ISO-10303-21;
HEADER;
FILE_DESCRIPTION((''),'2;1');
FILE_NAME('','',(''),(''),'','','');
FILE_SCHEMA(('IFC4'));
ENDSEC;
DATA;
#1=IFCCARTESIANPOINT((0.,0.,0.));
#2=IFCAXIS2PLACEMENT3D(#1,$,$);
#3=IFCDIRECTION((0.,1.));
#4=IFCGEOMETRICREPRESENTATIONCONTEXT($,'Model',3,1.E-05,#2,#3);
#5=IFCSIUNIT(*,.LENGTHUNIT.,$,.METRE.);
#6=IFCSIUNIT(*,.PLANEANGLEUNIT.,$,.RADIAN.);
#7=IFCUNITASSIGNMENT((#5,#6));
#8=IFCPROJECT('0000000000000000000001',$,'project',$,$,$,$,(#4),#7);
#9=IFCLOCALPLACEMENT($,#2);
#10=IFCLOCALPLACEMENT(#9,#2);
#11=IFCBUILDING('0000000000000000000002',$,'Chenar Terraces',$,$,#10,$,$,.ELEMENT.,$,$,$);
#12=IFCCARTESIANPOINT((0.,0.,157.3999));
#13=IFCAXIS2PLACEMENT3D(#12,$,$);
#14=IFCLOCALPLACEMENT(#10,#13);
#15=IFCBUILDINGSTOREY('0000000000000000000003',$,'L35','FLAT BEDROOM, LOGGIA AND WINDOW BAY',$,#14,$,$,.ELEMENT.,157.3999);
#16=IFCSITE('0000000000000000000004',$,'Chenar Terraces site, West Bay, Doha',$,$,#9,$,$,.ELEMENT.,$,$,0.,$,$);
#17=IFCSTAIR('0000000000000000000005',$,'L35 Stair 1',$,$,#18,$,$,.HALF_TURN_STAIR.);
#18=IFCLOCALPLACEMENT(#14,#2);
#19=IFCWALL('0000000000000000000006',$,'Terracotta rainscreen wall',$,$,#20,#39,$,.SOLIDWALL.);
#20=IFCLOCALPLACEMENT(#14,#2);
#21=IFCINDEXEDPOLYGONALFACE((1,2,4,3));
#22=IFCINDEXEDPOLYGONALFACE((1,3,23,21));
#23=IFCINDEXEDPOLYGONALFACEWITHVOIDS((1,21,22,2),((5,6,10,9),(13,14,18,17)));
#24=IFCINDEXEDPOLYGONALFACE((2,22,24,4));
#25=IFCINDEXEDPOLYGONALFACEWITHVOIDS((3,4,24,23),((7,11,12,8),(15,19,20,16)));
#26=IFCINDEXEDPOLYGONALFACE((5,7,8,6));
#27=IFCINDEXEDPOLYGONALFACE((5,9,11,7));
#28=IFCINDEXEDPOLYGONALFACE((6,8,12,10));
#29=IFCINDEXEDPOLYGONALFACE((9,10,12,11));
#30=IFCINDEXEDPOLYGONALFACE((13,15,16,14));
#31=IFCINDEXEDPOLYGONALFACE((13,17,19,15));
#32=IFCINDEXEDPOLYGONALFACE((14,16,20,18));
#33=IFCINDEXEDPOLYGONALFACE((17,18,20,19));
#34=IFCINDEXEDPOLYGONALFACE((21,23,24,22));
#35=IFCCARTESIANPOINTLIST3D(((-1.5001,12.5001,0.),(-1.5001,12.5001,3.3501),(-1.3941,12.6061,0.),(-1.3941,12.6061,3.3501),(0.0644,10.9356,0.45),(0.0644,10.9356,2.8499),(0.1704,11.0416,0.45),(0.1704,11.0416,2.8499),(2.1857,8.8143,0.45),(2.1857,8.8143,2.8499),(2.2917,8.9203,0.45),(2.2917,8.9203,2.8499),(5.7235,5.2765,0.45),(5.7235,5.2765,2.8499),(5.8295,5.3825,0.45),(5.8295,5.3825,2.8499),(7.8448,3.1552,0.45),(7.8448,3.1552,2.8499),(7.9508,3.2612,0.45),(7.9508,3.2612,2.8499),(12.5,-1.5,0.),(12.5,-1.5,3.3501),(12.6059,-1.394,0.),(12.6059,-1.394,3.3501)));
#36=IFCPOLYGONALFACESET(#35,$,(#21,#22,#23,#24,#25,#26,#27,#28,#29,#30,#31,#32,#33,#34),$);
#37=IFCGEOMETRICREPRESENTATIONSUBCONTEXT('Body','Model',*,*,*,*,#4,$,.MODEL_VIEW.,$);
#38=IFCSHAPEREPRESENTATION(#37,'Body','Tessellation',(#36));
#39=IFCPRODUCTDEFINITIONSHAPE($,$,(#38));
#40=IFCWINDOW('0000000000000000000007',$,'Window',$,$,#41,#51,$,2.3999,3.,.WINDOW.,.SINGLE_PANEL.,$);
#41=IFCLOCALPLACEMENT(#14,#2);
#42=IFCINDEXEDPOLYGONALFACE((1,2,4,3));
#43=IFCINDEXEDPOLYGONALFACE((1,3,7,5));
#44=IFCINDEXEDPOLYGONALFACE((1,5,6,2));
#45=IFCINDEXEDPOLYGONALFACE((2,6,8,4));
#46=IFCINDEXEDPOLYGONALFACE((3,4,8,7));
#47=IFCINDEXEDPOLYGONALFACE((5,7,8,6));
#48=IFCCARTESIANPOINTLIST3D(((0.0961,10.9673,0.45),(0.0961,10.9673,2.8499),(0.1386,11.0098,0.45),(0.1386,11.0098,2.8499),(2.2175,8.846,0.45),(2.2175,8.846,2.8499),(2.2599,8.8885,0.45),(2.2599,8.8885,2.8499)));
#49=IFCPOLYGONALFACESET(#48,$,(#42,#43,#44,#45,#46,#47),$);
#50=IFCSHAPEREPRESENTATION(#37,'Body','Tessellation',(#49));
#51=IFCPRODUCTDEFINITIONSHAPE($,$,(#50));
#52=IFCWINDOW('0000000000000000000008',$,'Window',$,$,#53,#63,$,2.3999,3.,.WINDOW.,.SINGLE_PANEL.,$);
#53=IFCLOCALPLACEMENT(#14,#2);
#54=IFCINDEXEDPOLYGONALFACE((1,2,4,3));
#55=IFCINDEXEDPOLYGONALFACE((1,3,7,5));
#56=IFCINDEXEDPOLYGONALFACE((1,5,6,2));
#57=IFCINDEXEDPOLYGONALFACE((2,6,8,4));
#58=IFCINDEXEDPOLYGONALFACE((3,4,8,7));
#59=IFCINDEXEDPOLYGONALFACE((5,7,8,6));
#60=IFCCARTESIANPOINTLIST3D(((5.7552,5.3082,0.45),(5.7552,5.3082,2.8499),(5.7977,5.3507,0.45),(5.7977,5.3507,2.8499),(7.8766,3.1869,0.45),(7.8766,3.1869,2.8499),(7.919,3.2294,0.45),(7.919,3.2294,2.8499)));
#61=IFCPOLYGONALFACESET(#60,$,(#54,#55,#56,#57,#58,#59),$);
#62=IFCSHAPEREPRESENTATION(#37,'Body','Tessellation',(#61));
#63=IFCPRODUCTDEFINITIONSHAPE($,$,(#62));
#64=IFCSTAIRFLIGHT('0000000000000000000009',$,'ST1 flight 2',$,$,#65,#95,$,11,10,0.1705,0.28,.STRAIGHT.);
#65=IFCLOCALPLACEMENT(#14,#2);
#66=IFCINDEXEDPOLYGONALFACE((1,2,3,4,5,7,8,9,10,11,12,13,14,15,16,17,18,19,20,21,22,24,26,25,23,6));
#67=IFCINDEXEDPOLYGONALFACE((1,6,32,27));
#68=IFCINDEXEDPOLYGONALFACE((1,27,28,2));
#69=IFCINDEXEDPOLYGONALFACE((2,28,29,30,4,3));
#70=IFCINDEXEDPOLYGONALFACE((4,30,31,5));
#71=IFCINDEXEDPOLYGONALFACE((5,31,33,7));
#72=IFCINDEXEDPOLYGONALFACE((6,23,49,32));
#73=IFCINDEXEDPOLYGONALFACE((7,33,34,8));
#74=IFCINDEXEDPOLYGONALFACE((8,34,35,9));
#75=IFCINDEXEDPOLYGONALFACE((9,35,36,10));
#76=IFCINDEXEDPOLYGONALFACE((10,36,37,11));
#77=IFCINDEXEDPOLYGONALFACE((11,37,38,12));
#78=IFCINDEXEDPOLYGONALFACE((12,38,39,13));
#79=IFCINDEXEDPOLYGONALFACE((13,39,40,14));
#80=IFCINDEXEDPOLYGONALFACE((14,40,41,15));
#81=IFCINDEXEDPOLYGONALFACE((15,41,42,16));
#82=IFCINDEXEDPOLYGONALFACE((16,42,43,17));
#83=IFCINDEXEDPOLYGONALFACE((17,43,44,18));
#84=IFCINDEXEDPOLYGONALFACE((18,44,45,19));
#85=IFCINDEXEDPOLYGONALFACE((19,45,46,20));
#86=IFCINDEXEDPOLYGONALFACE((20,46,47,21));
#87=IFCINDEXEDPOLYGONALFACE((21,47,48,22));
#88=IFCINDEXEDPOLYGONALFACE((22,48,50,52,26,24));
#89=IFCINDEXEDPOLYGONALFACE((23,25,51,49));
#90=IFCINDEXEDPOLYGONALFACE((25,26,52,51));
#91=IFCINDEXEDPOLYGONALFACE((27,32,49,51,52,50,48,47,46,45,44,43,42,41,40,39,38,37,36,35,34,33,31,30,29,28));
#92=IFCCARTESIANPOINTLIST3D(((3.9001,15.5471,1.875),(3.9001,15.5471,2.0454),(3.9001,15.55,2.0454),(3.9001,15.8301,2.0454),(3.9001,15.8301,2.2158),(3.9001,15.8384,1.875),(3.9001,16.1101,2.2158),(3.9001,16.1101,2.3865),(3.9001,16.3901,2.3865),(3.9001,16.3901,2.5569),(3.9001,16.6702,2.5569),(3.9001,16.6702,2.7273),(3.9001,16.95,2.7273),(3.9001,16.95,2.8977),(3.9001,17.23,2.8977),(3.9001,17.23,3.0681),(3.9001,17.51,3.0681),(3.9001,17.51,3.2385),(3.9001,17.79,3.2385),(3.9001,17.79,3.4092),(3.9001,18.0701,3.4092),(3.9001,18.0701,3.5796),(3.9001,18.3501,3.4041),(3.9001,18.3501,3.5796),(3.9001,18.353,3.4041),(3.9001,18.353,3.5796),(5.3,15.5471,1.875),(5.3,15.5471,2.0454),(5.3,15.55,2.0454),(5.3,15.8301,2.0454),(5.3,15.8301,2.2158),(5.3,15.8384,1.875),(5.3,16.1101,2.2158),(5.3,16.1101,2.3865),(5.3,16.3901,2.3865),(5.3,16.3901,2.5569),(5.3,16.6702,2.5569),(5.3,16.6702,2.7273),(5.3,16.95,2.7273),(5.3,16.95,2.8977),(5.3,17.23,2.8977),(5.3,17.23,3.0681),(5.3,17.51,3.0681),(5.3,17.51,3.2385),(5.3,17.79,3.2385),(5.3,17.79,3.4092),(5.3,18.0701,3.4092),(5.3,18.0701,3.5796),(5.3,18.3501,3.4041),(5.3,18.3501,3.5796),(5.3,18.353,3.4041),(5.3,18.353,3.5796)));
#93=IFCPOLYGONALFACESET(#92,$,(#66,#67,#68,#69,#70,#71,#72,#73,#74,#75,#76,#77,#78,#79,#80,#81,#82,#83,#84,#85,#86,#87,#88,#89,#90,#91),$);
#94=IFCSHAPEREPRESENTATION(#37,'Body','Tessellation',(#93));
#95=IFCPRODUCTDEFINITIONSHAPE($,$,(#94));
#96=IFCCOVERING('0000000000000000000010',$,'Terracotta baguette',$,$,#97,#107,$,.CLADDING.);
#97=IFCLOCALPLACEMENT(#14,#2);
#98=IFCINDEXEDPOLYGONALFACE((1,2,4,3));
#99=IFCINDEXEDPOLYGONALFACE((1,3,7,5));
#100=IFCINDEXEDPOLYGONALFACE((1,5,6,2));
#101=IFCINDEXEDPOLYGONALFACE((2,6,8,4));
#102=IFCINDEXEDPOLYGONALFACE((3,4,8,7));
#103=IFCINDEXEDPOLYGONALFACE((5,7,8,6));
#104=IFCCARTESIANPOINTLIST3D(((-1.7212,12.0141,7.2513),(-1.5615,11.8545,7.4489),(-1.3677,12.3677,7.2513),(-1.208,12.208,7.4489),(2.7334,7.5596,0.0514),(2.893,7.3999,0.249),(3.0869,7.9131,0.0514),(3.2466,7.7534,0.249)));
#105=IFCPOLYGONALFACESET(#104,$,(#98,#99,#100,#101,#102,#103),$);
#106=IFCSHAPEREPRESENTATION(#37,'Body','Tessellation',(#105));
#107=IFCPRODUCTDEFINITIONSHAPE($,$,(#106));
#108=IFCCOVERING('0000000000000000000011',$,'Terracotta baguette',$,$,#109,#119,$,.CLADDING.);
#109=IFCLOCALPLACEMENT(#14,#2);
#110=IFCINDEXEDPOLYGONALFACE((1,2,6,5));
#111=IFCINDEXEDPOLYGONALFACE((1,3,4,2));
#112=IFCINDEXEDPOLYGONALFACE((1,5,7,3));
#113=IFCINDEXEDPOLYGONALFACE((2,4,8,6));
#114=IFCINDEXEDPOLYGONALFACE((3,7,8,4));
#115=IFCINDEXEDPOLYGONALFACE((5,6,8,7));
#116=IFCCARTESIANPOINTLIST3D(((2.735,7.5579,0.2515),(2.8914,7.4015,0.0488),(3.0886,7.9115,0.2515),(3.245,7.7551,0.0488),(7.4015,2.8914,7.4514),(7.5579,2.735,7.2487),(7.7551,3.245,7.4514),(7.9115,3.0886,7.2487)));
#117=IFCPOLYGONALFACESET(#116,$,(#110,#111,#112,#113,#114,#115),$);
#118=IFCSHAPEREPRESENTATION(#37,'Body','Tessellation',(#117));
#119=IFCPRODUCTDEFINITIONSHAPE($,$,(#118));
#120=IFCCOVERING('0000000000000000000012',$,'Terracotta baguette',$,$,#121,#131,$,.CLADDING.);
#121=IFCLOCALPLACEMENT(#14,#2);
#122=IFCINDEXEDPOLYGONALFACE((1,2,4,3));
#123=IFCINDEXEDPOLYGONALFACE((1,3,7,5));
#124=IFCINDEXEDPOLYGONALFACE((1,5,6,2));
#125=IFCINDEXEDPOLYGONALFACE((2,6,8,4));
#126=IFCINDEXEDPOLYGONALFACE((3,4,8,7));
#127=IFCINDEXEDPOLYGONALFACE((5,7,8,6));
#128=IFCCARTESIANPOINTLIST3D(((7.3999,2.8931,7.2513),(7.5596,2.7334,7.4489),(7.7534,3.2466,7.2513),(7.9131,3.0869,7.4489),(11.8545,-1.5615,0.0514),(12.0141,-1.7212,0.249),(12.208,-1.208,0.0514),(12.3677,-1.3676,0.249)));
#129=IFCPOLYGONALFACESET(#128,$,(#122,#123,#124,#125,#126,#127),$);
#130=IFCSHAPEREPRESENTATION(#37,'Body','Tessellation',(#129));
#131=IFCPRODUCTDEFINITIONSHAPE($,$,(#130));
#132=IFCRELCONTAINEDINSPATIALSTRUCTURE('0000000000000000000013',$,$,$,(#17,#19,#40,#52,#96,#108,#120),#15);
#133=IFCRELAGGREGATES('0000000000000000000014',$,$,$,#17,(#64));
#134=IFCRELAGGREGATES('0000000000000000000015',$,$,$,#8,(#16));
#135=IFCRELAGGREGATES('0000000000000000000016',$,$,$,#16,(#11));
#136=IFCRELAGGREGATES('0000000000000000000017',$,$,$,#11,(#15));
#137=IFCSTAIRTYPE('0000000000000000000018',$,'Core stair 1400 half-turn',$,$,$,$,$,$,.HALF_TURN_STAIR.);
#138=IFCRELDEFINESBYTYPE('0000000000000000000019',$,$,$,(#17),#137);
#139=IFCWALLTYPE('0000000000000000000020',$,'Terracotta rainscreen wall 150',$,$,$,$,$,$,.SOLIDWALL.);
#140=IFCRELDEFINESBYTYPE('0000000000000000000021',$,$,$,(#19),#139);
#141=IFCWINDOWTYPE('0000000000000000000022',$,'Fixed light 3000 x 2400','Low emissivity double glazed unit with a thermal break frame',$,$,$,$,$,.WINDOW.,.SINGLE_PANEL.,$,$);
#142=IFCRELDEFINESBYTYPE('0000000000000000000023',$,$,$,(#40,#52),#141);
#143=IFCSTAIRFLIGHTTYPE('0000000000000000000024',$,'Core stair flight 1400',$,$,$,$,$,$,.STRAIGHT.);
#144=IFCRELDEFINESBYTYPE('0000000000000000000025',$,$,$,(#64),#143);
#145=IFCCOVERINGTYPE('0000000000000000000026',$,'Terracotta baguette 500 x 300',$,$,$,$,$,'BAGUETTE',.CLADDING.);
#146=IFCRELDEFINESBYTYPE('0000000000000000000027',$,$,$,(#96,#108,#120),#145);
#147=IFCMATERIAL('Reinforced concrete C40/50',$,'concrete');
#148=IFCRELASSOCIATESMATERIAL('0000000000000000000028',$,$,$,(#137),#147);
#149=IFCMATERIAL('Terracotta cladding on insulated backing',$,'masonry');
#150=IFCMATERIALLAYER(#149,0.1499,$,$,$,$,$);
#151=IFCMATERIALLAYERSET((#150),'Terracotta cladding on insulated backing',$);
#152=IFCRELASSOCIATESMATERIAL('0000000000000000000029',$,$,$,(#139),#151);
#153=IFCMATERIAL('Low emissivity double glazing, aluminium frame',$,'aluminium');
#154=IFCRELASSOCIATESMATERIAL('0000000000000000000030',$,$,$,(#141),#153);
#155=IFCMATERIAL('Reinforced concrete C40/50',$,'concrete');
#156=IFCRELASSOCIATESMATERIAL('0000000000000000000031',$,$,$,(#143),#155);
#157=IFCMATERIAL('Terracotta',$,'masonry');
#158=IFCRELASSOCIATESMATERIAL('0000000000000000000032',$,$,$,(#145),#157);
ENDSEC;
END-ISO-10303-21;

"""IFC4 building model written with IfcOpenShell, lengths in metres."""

from ifc_helpers import new_model, si_unit, direction, frame, frame_2d, origin, origin_2d, place, context, subcontext, project, spatial, polyline, rectangle, outline, extrude, material, layer, layer_set, material_profile, profile_set, type_object, element, fill, aggregate, save


model = new_model("IFC4")

# Units and contexts
model_context = context("Model", 3, precision=1e-05, world=origin(), true_north=direction((0.0, 1.0)))
body_context = subcontext(model_context, "Body", "Model", "MODEL_VIEW")
ifc_project = project(units=[si_unit("LENGTHUNIT", "METRE"), si_unit("PLANEANGLEUNIT", "RADIAN")], contexts=[model_context])

# Site, building, storey
site_placement = place(None, origin())
site = spatial("IfcSite", under=ifc_project, at=site_placement, Name="Chenar Terraces site, West Bay, Doha", CompositionType="ELEMENT", RefElevation=0.0)
building_placement = place(site_placement, origin())
building = spatial("IfcBuilding", under=site, at=building_placement, Name="Chenar Terraces", CompositionType="ELEMENT")
storey_placement = place(building_placement, frame((0.0, 0.0, 157.3999)))
storey = spatial("IfcBuildingStorey", under=building, at=storey_placement, Name="L35", Description="FLAT BEDROOM, LOGGIA AND WINDOW BAY", CompositionType="ELEMENT", Elevation=157.3999)

# Stair
ifc_material_1 = material(Name="Reinforced concrete C40/50", Category="concrete")
stair_type = type_object("IfcStairType", Name="Core stair 1400 half-turn", PredefinedType="HALF_TURN_STAIR", material=ifc_material_1)
placement_1 = place(storey_placement, origin())
stair_1 = element("IfcStair", 1, at=placement_1, inside=storey, type_object=stair_type, Name="L35 Stair 1", PredefinedType="HALF_TURN_STAIR")

# Wall, openings, windows
ifc_material_2 = material(Name="Terracotta cladding on insulated backing", Category="masonry")
ifc_layer_1 = layer(ifc_material_2, 0.1499)
ifc_layer_set_1 = layer_set([ifc_layer_1], Name="Terracotta cladding on insulated backing")
wall_type_1 = type_object("IfcWallType", Name="Terracotta rainscreen wall 150", PredefinedType="SOLIDWALL", material=ifc_layer_set_1)
wall_1_placement = place(storey_placement, frame((-1.447, 12.553, 0.0), z_axis=(0.0, 0.0, 1.0), x_axis=(0.707107, -0.707107, 0.0)))
wall_1 = element("IfcWall", 2, at=wall_1_placement, inside=storey, type_object=wall_type_1, Name="Terracotta rainscreen wall", PredefinedType="SOLIDWALL", context=body_context, shape_type="SweptSolid", body=[
    extrude(rectangle(XDim=19.7991, YDim=0.1499, at=frame_2d((9.8994, 0.0))), origin(), (0.0, 0.0, 1.0), 3.3501),
])
opening_1_placement = place(wall_1_placement, frame((2.2124, 0.0, 0.45)))
opening_1 = element("IfcOpeningElement", 3, at=opening_1_placement, cuts=wall_1, PredefinedType="OPENING", context=body_context, shape_type="SweptSolid", body=[
    extrude(rectangle(XDim=3.0, YDim=2.3999, at=frame_2d((1.5, 1.2))), frame((0.0, 0.085, 0.0), z_axis=(0.0, -1.0, 0.0), x_axis=(1.0, 0.0, 0.0)), (0.0, 0.0, 1.0), 0.1699),
])
opening_2_placement = place(wall_1_placement, frame((10.2156, 0.0, 0.45)))
opening_2 = element("IfcOpeningElement", 4, at=opening_2_placement, cuts=wall_1, PredefinedType="OPENING", context=body_context, shape_type="SweptSolid", body=[
    extrude(rectangle(XDim=3.0, YDim=2.3999, at=frame_2d((1.5, 1.2))), frame((0.0, 0.085, 0.0), z_axis=(0.0, -1.0, 0.0), x_axis=(1.0, 0.0, 0.0)), (0.0, 0.0, 1.0), 0.1699),
])
ifc_material_3 = material(Name="Low emissivity double glazing, aluminium frame", Category="aluminium")
window_type = type_object("IfcWindowType", Name="Fixed light 3000 x 2400", Description="Low emissivity double glazed unit with a thermal break frame", PartitioningType="SINGLE_PANEL", PredefinedType="WINDOW", material=ifc_material_3)
window_1_placement = place(opening_1_placement, origin())
window_1 = element("IfcWindow", 5, at=window_1_placement, inside=storey, type_object=window_type, Name="Window", OverallHeight=2.3999, OverallWidth=3.0, PartitioningType="SINGLE_PANEL", PredefinedType="WINDOW", context=body_context, shape_type="SweptSolid", body=[
    extrude(rectangle(XDim=3.0, YDim=2.3999, at=frame_2d((1.5, 1.2))), frame((0.0, 0.03, 0.0), z_axis=(0.0, -1.0, 0.0), x_axis=(1.0, 0.0, 0.0)), (0.0, 0.0, 1.0), 0.0601),
])
fill(opening_1, window_1)
window_2_placement = place(opening_2_placement, origin())
window_2 = element("IfcWindow", 6, at=window_2_placement, inside=storey, type_object=window_type, Name="Window", OverallHeight=2.3999, OverallWidth=3.0, PartitioningType="SINGLE_PANEL", PredefinedType="WINDOW", context=body_context, shape_type="SweptSolid", body=[
    extrude(rectangle(XDim=3.0, YDim=2.3999, at=frame_2d((1.5, 1.2))), frame((0.0, 0.03, 0.0), z_axis=(0.0, -1.0, 0.0), x_axis=(1.0, 0.0, 0.0)), (0.0, 0.0, 1.0), 0.0601),
])
fill(opening_2, window_2)

# Stair flight
ifc_material_4 = material(Name="Reinforced concrete C40/50", Category="concrete")
stair_flight_type = type_object("IfcStairFlightType", Name="Core stair flight 1400", PredefinedType="STRAIGHT", material=ifc_material_4)
stair_flight_placement = place(storey_placement, frame((4.6001, 15.55, 1.875), z_axis=(0.0, 0.0, 1.0), x_axis=(0.0, 1.0, 0.0)))
stair_flight = element("IfcStairFlight", 7, at=stair_flight_placement, type_object=stair_flight_type, Name="ST1 flight 2", NumberOfRisers=11, NumberOfTreads=10, PredefinedType="STRAIGHT", RiserHeight=0.1705, TreadLength=0.28, context=body_context, shape_type="SweptSolid", body=[
    extrude(outline(polyline([(-0.0029, 0.0), (-0.0029, 0.1704), (0.0, 0.1704), (0.28, 0.1704), (0.28, 0.3408), (0.5601, 0.3408), (0.5601, 0.5115), (0.8401, 0.5115), (0.8401, 0.6819), (1.1201, 0.6819), (1.1201, 0.8523), (1.3999, 0.8523), (1.3999, 1.0227), (1.6799, 1.0227), (1.6799, 1.1931), (1.96, 1.1931), (1.96, 1.3635), (2.24, 1.3635), (2.24, 1.5342), (2.52, 1.5342), (2.52, 1.7046), (2.8, 1.7046), (2.803, 1.7046), (2.803, 1.5291), (2.8, 1.5291), (0.2883, 0.0), (-0.0029, 0.0)])), frame((0.0, 0.7, 0.0), z_axis=(0.0, -1.0, 0.0), x_axis=(1.0, 0.0, 0.0)), (0.0, 0.0, 1.0), 1.3999),
])
aggregate(stair_1, [stair_flight])

# Coverings
ifc_material_5 = material(Name="Terracotta", Category="masonry")
ifc_material_profile = material_profile(ifc_material_5, rectangle(XDim=0.5, YDim=0.3, at=origin_2d()), Name="Terracotta baguette 500 x 300")
ifc_profile_set = profile_set([ifc_material_profile], Name="Terracotta")
covering_type = type_object("IfcCoveringType", Name="Terracotta baguette 500 x 300", ElementType="BAGUETTE", PredefinedType="CLADDING", material=ifc_profile_set)
covering_1_placement = place(storey_placement, frame((-1.4646, 12.1111, 7.3501), z_axis=(0.465624, -0.465624, -0.752588), x_axis=(0.707107, 0.707107, 0.0)))
element("IfcCovering", 8, at=covering_1_placement, inside=storey, type_object=covering_type, Name="Terracotta baguette", PredefinedType="CLADDING", context=body_context, shape_type="SweptSolid", body=[
    extrude(rectangle(XDim=0.5, YDim=0.3, at=origin_2d()), origin(), (0.0, 0.0, 1.0), 9.5669),
])
covering_2_placement = place(storey_placement, frame((2.99, 7.6565, 0.1501), z_axis=(0.477789, -0.477789, 0.737181), x_axis=(0.707107, 0.707107, 0.0)))
element("IfcCovering", 9, at=covering_2_placement, inside=storey, type_object=covering_type, Name="Terracotta baguette", PredefinedType="CLADDING", context=body_context, shape_type="SweptSolid", body=[
    extrude(rectangle(XDim=0.5, YDim=0.3, at=origin_2d()), origin(), (0.0, 0.0, 1.0), 9.7668),
])
covering_3_placement = place(storey_placement, frame((7.6565, 2.99, 7.3501), z_axis=(0.465624, -0.465624, -0.752588), x_axis=(0.707107, 0.707107, 0.0)))
element("IfcCovering", 10, at=covering_3_placement, inside=storey, type_object=covering_type, Name="Terracotta baguette", PredefinedType="CLADDING", context=body_context, shape_type="SweptSolid", body=[
    extrude(rectangle(XDim=0.5, YDim=0.3, at=origin_2d()), origin(), (0.0, 0.0, 1.0), 9.5669),
])

save(model, "model.ifc")
